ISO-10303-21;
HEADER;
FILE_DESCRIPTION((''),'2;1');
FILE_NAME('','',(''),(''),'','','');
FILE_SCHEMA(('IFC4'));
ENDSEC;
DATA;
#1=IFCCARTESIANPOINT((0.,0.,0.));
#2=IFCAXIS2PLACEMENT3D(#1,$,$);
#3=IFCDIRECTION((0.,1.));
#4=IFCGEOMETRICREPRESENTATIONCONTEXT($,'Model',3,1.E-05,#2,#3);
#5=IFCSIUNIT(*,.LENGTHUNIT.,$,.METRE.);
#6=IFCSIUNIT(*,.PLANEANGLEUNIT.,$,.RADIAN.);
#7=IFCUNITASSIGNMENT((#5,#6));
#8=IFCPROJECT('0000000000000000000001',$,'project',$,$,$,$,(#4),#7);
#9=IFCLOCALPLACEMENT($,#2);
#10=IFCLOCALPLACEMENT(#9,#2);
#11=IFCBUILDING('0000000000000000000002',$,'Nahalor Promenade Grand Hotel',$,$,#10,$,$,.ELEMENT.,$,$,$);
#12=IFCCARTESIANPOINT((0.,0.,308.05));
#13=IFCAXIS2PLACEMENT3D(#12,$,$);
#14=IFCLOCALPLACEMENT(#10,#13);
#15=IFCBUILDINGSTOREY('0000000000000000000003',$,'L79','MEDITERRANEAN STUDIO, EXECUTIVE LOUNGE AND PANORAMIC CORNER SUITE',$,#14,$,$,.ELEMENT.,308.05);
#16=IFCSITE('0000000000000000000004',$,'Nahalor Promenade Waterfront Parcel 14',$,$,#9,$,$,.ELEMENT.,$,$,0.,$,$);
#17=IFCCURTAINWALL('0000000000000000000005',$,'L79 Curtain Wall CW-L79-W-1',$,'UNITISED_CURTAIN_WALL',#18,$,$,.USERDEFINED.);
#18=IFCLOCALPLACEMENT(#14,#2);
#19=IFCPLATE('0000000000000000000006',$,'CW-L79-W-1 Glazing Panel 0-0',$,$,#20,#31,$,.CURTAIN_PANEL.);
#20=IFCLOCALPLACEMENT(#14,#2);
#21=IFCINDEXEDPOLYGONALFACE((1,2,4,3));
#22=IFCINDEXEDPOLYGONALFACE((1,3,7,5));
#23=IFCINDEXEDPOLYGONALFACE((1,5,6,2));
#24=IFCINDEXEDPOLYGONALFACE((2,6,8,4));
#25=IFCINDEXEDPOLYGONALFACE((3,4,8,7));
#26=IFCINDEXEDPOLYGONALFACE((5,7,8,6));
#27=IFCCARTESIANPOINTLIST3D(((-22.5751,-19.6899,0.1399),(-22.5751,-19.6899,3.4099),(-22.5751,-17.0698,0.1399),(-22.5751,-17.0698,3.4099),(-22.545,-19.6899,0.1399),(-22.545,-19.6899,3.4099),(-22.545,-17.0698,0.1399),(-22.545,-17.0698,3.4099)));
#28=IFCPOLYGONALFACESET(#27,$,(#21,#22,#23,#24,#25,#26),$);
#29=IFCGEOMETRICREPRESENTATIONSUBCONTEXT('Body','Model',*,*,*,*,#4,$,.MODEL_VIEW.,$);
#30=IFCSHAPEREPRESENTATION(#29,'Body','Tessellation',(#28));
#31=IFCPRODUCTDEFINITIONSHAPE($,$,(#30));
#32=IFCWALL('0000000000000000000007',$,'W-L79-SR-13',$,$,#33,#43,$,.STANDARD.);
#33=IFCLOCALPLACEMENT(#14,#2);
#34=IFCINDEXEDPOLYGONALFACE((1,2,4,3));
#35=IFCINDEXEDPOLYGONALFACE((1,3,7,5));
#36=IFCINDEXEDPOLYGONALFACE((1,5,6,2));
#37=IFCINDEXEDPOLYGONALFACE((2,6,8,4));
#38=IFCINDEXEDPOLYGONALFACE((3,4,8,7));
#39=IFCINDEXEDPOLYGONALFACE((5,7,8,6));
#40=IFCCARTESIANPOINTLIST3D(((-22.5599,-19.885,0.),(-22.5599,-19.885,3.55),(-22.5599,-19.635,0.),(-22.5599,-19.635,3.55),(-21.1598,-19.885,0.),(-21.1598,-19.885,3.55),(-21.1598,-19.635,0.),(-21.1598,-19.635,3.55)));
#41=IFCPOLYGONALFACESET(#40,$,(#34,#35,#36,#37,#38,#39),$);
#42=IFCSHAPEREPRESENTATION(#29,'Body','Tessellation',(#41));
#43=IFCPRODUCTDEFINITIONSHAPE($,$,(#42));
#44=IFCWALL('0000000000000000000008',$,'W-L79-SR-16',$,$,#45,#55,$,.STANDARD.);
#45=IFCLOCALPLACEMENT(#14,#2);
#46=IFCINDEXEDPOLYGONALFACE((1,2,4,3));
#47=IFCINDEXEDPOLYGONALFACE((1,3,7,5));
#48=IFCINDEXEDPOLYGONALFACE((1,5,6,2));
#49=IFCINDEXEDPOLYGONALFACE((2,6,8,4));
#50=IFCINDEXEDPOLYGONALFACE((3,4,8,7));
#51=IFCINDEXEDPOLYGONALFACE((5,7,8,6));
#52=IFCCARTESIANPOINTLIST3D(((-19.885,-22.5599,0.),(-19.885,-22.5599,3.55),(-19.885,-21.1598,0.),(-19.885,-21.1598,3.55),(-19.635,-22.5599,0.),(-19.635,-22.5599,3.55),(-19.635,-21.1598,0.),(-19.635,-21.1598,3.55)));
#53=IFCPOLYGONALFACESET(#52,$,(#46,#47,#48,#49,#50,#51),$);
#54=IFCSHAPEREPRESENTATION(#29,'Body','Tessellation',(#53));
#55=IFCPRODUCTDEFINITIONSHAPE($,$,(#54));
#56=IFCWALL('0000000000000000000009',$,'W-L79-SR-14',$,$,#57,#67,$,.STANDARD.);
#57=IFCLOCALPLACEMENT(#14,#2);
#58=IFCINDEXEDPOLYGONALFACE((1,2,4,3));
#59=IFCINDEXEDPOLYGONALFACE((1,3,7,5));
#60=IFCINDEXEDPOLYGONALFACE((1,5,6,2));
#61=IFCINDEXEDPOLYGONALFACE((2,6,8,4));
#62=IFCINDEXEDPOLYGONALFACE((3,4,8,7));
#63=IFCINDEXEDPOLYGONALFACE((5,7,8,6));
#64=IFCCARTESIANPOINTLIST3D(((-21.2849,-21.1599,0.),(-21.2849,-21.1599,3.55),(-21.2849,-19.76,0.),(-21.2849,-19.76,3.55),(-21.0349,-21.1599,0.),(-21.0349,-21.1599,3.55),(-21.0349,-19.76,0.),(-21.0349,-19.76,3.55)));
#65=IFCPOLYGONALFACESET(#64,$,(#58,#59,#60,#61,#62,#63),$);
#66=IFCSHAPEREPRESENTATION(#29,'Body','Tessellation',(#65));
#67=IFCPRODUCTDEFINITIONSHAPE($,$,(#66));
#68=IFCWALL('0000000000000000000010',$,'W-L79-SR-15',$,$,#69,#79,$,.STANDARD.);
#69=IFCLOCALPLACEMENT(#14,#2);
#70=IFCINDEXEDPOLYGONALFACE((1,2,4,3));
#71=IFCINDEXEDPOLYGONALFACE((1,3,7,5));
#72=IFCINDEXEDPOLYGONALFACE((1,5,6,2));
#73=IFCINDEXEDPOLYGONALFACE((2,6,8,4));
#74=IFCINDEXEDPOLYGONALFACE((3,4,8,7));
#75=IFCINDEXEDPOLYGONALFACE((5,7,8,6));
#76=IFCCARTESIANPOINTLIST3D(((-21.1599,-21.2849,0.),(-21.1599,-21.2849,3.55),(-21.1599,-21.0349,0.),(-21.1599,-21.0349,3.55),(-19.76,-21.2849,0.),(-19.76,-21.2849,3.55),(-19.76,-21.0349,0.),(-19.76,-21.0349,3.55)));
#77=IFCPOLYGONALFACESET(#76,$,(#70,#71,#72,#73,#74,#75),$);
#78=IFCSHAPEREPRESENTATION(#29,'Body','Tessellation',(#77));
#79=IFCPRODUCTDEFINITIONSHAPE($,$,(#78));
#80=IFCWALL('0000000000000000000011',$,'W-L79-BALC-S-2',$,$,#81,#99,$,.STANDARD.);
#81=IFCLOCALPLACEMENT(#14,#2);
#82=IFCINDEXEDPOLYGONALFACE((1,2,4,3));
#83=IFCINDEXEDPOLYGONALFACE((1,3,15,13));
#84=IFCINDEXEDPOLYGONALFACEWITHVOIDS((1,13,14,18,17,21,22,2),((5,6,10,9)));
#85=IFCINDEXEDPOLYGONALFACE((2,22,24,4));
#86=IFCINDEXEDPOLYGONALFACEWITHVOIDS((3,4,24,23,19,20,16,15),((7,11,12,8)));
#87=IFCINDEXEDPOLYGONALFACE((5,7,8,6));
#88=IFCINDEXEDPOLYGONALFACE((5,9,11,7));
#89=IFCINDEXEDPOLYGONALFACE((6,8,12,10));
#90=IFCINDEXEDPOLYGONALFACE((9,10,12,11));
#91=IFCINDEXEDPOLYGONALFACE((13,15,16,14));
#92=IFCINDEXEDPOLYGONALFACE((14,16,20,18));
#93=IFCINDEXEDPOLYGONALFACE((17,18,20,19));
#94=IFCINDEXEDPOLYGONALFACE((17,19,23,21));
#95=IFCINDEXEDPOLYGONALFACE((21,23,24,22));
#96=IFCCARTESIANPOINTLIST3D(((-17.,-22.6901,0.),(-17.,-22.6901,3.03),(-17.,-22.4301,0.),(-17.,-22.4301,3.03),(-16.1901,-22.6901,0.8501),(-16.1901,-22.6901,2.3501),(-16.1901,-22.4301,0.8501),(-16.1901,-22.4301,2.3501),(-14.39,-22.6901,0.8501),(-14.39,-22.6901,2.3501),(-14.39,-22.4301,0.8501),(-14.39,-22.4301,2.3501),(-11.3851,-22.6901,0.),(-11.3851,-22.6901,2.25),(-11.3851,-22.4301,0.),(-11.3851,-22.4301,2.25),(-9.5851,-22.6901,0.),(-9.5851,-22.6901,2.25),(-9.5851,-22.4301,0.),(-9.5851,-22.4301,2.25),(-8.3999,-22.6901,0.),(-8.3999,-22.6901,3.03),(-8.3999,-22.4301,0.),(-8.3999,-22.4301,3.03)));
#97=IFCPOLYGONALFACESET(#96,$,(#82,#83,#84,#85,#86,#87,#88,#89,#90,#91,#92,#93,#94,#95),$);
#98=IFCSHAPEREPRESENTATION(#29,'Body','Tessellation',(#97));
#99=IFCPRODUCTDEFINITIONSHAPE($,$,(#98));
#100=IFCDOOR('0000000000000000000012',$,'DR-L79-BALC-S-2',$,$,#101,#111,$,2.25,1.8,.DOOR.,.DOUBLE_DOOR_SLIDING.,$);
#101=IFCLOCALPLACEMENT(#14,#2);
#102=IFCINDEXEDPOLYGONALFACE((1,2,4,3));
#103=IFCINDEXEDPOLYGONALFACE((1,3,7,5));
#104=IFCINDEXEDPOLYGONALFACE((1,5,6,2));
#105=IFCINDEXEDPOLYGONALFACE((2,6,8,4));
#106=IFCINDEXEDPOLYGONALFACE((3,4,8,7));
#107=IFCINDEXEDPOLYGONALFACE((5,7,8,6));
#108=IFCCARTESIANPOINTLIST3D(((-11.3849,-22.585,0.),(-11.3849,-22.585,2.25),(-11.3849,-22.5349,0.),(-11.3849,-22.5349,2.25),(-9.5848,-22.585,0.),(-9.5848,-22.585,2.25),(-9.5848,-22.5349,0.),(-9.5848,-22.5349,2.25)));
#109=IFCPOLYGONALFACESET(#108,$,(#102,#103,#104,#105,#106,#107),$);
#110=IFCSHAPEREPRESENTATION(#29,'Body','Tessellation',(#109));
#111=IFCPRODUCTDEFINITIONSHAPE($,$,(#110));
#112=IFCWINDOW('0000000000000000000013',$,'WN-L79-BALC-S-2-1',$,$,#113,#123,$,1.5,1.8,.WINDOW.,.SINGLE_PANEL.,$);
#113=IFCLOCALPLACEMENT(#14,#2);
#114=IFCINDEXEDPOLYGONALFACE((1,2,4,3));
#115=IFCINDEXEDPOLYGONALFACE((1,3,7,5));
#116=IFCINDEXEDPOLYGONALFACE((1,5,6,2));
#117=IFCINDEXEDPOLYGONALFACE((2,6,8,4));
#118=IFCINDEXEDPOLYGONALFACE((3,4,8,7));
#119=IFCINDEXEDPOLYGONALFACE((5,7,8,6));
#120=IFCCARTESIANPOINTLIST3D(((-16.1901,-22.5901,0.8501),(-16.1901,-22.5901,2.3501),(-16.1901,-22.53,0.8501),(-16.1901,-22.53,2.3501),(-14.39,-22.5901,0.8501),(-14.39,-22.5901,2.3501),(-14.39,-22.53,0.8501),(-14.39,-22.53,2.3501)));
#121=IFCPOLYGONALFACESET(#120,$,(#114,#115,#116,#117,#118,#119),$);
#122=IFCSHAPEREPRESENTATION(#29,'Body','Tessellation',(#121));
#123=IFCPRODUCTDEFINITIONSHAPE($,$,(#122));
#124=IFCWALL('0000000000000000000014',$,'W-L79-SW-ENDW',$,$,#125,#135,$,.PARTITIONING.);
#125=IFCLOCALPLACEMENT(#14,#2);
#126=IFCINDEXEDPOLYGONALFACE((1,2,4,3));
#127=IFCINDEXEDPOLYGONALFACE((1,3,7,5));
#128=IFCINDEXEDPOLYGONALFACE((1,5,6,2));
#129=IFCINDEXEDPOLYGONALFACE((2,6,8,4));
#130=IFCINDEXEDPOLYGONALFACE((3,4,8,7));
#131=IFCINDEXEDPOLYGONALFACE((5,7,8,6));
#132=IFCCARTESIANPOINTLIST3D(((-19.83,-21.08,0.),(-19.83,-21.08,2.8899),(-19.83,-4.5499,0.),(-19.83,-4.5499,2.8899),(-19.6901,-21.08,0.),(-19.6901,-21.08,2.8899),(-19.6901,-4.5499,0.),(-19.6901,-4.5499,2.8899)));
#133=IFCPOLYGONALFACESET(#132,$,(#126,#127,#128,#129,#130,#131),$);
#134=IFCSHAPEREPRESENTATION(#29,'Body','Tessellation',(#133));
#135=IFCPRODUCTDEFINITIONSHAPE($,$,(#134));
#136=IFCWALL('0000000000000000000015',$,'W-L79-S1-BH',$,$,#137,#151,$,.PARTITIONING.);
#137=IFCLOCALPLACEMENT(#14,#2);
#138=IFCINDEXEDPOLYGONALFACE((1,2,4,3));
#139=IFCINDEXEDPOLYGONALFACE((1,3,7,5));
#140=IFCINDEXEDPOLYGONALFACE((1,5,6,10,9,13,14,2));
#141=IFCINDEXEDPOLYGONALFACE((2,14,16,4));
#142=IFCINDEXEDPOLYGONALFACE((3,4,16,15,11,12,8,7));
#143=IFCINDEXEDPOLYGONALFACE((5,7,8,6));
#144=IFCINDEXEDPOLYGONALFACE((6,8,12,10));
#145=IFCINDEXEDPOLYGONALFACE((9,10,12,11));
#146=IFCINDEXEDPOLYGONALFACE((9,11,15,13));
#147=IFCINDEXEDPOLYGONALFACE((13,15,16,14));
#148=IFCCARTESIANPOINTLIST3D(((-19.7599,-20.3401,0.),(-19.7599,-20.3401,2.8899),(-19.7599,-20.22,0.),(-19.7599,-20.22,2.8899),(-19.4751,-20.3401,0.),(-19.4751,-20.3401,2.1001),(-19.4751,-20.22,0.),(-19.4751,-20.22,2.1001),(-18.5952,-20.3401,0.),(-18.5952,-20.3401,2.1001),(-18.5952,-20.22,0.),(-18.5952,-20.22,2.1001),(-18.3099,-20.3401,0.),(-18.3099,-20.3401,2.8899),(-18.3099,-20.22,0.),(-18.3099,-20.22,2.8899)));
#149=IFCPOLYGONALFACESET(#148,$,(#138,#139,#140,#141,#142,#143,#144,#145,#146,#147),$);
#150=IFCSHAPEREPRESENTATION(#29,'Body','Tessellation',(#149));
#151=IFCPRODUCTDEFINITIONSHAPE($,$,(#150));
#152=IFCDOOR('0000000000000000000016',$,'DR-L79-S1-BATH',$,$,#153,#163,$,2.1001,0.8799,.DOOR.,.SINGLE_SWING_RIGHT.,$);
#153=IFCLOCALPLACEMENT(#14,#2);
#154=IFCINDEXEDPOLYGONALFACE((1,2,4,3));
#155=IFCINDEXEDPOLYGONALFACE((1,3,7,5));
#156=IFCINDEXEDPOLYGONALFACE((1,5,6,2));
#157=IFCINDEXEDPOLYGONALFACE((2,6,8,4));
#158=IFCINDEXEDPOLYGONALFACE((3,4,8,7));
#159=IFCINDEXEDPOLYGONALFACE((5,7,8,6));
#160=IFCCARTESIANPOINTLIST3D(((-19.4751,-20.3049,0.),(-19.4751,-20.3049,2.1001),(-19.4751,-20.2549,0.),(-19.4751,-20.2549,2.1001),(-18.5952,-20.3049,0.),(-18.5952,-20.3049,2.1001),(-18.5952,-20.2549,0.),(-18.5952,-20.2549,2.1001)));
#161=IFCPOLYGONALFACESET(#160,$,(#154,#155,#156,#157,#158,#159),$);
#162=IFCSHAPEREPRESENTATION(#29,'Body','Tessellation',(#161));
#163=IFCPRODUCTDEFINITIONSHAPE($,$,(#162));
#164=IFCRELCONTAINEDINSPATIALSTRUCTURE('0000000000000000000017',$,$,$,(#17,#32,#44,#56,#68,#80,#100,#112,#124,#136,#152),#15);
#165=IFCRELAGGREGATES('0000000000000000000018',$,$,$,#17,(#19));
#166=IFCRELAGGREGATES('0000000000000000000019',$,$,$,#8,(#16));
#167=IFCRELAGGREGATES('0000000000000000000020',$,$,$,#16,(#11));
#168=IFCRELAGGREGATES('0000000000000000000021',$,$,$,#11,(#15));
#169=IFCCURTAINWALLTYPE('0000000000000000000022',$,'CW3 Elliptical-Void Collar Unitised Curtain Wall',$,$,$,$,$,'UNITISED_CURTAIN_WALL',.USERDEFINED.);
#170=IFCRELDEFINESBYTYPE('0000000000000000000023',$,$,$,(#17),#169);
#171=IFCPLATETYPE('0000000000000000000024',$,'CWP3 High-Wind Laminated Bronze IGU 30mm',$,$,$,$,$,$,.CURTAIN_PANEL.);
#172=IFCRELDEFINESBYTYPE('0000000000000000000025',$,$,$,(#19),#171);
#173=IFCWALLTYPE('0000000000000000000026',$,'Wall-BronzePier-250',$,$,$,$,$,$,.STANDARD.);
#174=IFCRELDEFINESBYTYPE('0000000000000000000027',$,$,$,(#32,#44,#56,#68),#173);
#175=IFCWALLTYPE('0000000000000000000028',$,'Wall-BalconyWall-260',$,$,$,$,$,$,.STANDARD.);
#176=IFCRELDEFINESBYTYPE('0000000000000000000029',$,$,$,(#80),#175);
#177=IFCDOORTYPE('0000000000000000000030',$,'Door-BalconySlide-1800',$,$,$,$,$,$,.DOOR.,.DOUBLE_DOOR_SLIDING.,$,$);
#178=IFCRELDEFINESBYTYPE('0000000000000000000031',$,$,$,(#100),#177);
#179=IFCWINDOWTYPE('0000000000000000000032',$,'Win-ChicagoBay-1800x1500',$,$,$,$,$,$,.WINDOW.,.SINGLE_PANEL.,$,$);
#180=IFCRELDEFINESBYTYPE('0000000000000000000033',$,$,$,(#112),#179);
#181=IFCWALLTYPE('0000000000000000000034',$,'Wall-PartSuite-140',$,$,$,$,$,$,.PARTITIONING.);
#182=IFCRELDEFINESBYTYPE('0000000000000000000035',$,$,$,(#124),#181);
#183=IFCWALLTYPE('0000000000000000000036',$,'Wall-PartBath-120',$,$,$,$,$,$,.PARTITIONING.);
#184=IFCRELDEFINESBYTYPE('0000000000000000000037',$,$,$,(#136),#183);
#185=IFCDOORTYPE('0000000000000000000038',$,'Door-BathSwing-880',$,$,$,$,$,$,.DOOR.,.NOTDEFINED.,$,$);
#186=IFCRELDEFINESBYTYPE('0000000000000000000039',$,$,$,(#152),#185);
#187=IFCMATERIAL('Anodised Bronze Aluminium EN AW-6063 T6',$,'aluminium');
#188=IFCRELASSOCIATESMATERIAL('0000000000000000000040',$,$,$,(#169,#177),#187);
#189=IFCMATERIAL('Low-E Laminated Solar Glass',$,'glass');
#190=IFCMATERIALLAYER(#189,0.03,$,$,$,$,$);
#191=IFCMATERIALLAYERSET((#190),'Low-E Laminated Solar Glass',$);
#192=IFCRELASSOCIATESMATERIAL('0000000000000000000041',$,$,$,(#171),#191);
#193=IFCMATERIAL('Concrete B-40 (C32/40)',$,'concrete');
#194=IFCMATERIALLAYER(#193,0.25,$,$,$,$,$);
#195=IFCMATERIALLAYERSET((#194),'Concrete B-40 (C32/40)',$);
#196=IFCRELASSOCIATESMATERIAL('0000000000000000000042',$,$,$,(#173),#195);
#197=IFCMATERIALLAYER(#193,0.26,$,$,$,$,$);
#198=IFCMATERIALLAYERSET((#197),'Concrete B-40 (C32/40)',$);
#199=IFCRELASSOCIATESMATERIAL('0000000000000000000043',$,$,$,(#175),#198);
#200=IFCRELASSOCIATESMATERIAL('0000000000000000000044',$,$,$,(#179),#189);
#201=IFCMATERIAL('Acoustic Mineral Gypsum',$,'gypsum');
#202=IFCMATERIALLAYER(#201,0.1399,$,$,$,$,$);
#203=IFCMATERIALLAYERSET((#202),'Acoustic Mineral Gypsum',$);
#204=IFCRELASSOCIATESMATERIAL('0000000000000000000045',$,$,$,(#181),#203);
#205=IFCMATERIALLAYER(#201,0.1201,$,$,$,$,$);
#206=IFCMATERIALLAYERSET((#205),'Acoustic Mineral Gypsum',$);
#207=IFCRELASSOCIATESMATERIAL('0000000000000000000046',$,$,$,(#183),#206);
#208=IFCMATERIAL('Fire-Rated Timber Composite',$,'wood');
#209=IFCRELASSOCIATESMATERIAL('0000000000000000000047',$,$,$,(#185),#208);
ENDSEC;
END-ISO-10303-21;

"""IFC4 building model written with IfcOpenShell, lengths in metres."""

from ifc_helpers import new_model, si_unit, direction, frame, frame_2d, origin, origin_2d, place, context, subcontext, project, spatial, rectangle, extrude, source, transform, mapped, material, layer, layer_set, type_object, element, fill, aggregate, save


model = new_model("IFC4")

# Units and contexts
model_context = context("Model", 3, precision=1e-05, world=origin(), true_north=direction((0.0, 1.0)))
body_context = subcontext(model_context, "Body", "Model", "MODEL_VIEW")
ifc_project = project(units=[si_unit("LENGTHUNIT", "METRE"), si_unit("PLANEANGLEUNIT", "RADIAN")], contexts=[model_context])

# Site, building, storey
site_placement = place(None, origin())
site = spatial("IfcSite", under=ifc_project, at=site_placement, Name="Nahalor Promenade Waterfront Parcel 14", CompositionType="ELEMENT", RefElevation=0.0)
building_placement = place(site_placement, origin())
building = spatial("IfcBuilding", under=site, at=building_placement, Name="Nahalor Promenade Grand Hotel", CompositionType="ELEMENT")
storey_placement = place(building_placement, frame((0.0, 0.0, 308.05)))
storey = spatial("IfcBuildingStorey", under=building, at=storey_placement, Name="L79", Description="MEDITERRANEAN STUDIO, EXECUTIVE LOUNGE AND PANORAMIC CORNER SUITE", CompositionType="ELEMENT", Elevation=308.05)

# Curtain wall
ifc_material_1 = material(Name="Anodised Bronze Aluminium EN AW-6063 T6", Category="aluminium")
curtain_wall_type = type_object("IfcCurtainWallType", Name="CW3 Elliptical-Void Collar Unitised Curtain Wall", ElementType="UNITISED_CURTAIN_WALL", PredefinedType="USERDEFINED", material=ifc_material_1)
curtain_wall_1_placement = place(storey_placement, origin())
curtain_wall_1 = element("IfcCurtainWall", 1, at=curtain_wall_1_placement, inside=storey, type_object=curtain_wall_type, Name="L79 Curtain Wall CW-L79-W-1", ObjectType="UNITISED_CURTAIN_WALL", PredefinedType="USERDEFINED")

# Plate
ifc_material_2 = material(Name="Low-E Laminated Solar Glass", Category="glass")
ifc_layer_1 = layer(ifc_material_2, 0.03)
ifc_layer_set_1 = layer_set([ifc_layer_1], Name="Low-E Laminated Solar Glass")
plate_type = type_object("IfcPlateType", Name="CWP3 High-Wind Laminated Bronze IGU 30mm", PredefinedType="CURTAIN_PANEL", material=ifc_layer_set_1)
shared_shape_1 = source(origin(), body_context, "Body", "SweptSolid", [
    extrude(rectangle(XDim=2.6201, YDim=0.03, at=origin_2d()), origin(), (0.0, 0.0, 1.0), 3.27),
])
plate_1_placement = place(storey_placement, frame((-22.5601, -18.3799, 0.1399), z_axis=(0.0, 0.0, 1.0), x_axis=(0.0, 1.0, 0.0)))
plate_1 = element("IfcPlate", 2, at=plate_1_placement, type_object=plate_type, Name="CW-L79-W-1 Glazing Panel 0-0", PredefinedType="CURTAIN_PANEL", context=body_context, shape_type="MappedRepresentation", body=[
    mapped(shared_shape_1, transform((0.0, 0.0, 0.0), scale=1.0)),
])
aggregate(curtain_wall_1, [plate_1])

# Walls
ifc_material_3 = material(Name="Concrete B-40 (C32/40)", Category="concrete")
ifc_layer_2 = layer(ifc_material_3, 0.25)
ifc_layer_set_2 = layer_set([ifc_layer_2], Name="Concrete B-40 (C32/40)")
wall_type_1 = type_object("IfcWallType", Name="Wall-BronzePier-250", PredefinedType="STANDARD", material=ifc_layer_set_2)
shared_shape_2 = source(origin(), body_context, "Body", "SweptSolid", [
    extrude(rectangle(XDim=1.4001, YDim=0.25, at=frame_2d((0.7002, 0.0))), origin(), (0.0, 0.0, 1.0), 3.55),
])
for number, where, z_axis, x_axis, name in (
    (3, (-22.5601, -19.76, 0.0), (0.0, 0.0, 1.0), (1.0, 0.0, 0.0), "W-L79-SR-13"),
    (4, (-19.76, -22.5601, 0.0), (0.0, 0.0, 1.0), (0.0, 1.0, 0.0), "W-L79-SR-16"),
):
    element("IfcWall", number, at=place(storey_placement, frame(where, z_axis=z_axis, x_axis=x_axis)), inside=storey, type_object=wall_type_1, Name=name, PredefinedType="STANDARD", context=body_context, shape_type="MappedRepresentation", body=[
        mapped(shared_shape_2, transform((0.0, 0.0, 0.0), scale=1.0)),
    ])
shared_shape_3 = source(origin(), body_context, "Body", "SweptSolid", [
    extrude(rectangle(XDim=1.3999, YDim=0.25, at=frame_2d((0.7, 0.0))), origin(), (0.0, 0.0, 1.0), 3.55),
])
for number, where, z_axis, x_axis, name in (
    (5, (-21.1599, -21.1599, 0.0), (0.0, 0.0, 1.0), (0.0, 1.0, 0.0), "W-L79-SR-14"),
    (6, (-21.1599, -21.1599, 0.0), (0.0, 0.0, 1.0), (1.0, 0.0, 0.0), "W-L79-SR-15"),
):
    element("IfcWall", number, at=place(storey_placement, frame(where, z_axis=z_axis, x_axis=x_axis)), inside=storey, type_object=wall_type_1, Name=name, PredefinedType="STANDARD", context=body_context, shape_type="MappedRepresentation", body=[
        mapped(shared_shape_3, transform((0.0, 0.0, 0.0), scale=1.0)),
    ])

# Wall, openings, door, window
ifc_layer_3 = layer(ifc_material_3, 0.26)
ifc_layer_set_3 = layer_set([ifc_layer_3], Name="Concrete B-40 (C32/40)")
wall_type_2 = type_object("IfcWallType", Name="Wall-BalconyWall-260", PredefinedType="STANDARD", material=ifc_layer_set_3)
shared_shape_4 = source(origin(), body_context, "Body", "SweptSolid", [
    extrude(rectangle(XDim=8.6001, YDim=0.26, at=frame_2d((4.3, 0.0))), origin(), (0.0, 0.0, 1.0), 3.03),
])
wall_1_placement = place(storey_placement, frame((-17.0, -22.5601, 0.0), z_axis=(0.0, 0.0, 1.0), x_axis=(1.0, 0.0, 0.0)))
wall_1 = element("IfcWall", 7, at=wall_1_placement, inside=storey, type_object=wall_type_2, Name="W-L79-BALC-S-2", PredefinedType="STANDARD", context=body_context, shape_type="MappedRepresentation", body=[
    mapped(shared_shape_4, transform((0.0, 0.0, 0.0), scale=1.0)),
])
opening_1_placement = place(wall_1_placement, frame((5.615, 0.0, 0.0)))
opening_1 = element("IfcOpeningElement", 8, at=opening_1_placement, cuts=wall_1, PredefinedType="OPENING", context=body_context, shape_type="SweptSolid", body=[
    extrude(rectangle(XDim=1.8, YDim=2.25, at=frame_2d((0.8999, 1.125))), frame((0.0, 0.1399, 0.0), z_axis=(0.0, -1.0, 0.0), x_axis=(1.0, 0.0, 0.0)), (0.0, 0.0, 1.0), 0.28),
])
opening_2_placement = place(wall_1_placement, frame((0.8101, 0.0, 0.8501)))
opening_2 = element("IfcOpeningElement", 9, at=opening_2_placement, cuts=wall_1, PredefinedType="OPENING", context=body_context, shape_type="SweptSolid", body=[
    extrude(rectangle(XDim=1.8, YDim=1.5, at=frame_2d((0.8999, 0.75))), frame((0.0, 0.1399, 0.0), z_axis=(0.0, -1.0, 0.0), x_axis=(1.0, 0.0, 0.0)), (0.0, 0.0, 1.0), 0.28),
])
door_type_1 = type_object("IfcDoorType", Name="Door-BalconySlide-1800", OperationType="DOUBLE_DOOR_SLIDING", PredefinedType="DOOR", material=ifc_material_1)
shared_shape_5 = source(origin(), body_context, "Body", "SweptSolid", [
    extrude(rectangle(XDim=1.8, YDim=2.25, at=frame_2d((0.8999, 1.125))), frame((0.0, 0.0249, 0.0), z_axis=(0.0, -1.0, 0.0), x_axis=(1.0, 0.0, 0.0)), (0.0, 0.0, 1.0), 0.05),
])
door_1_placement = place(opening_1_placement, frame((1.8, 0.0, 0.0), z_axis=(0.0, 0.0, 1.0), x_axis=(-1.0, 0.0, 0.0)))
door_1 = element("IfcDoor", 10, at=door_1_placement, inside=storey, type_object=door_type_1, Name="DR-L79-BALC-S-2", OperationType="DOUBLE_DOOR_SLIDING", OverallHeight=2.25, OverallWidth=1.8, PredefinedType="DOOR", context=body_context, shape_type="MappedRepresentation", body=[
    mapped(shared_shape_5, transform((0.0, 0.0, 0.0), scale=1.0)),
])
fill(opening_1, door_1)
window_type = type_object("IfcWindowType", Name="Win-ChicagoBay-1800x1500", PartitioningType="SINGLE_PANEL", PredefinedType="WINDOW", material=ifc_material_2)
shared_shape_6 = source(origin(), body_context, "Body", "SweptSolid", [
    extrude(rectangle(XDim=1.8, YDim=1.5, at=frame_2d((0.8999, 0.75))), frame((0.0, 0.03, 0.0), z_axis=(0.0, -1.0, 0.0), x_axis=(1.0, 0.0, 0.0)), (0.0, 0.0, 1.0), 0.0601),
])
window_placement = place(opening_2_placement, origin())
window = element("IfcWindow", 11, at=window_placement, inside=storey, type_object=window_type, Name="WN-L79-BALC-S-2-1", OverallHeight=1.5, OverallWidth=1.8, PartitioningType="SINGLE_PANEL", PredefinedType="WINDOW", context=body_context, shape_type="MappedRepresentation", body=[
    mapped(shared_shape_6, transform((0.0, 0.0, 0.0), scale=1.0)),
])
fill(opening_2, window)

# Wall
ifc_material_4 = material(Name="Acoustic Mineral Gypsum", Category="gypsum")
ifc_layer_4 = layer(ifc_material_4, 0.1399)
ifc_layer_set_4 = layer_set([ifc_layer_4], Name="Acoustic Mineral Gypsum")
wall_type_3 = type_object("IfcWallType", Name="Wall-PartSuite-140", PredefinedType="PARTITIONING", material=ifc_layer_set_4)
shared_shape_7 = source(origin(), body_context, "Body", "SweptSolid", [
    extrude(rectangle(XDim=16.53, YDim=0.1399, at=frame_2d((8.2651, 0.0))), origin(), (0.0, 0.0, 1.0), 2.8899),
])
wall_2_placement = place(storey_placement, frame((-19.76, -21.0801, 0.0), z_axis=(0.0, 0.0, 1.0), x_axis=(0.0, 1.0, 0.0)))
element("IfcWall", 12, at=wall_2_placement, inside=storey, type_object=wall_type_3, Name="W-L79-SW-ENDW", PredefinedType="PARTITIONING", context=body_context, shape_type="MappedRepresentation", body=[
    mapped(shared_shape_7, transform((0.0, 0.0, 0.0), scale=1.0)),
])

# Wall, opening, door
ifc_layer_5 = layer(ifc_material_4, 0.1201)
ifc_layer_set_5 = layer_set([ifc_layer_5], Name="Acoustic Mineral Gypsum")
wall_type_4 = type_object("IfcWallType", Name="Wall-PartBath-120", PredefinedType="PARTITIONING", material=ifc_layer_set_5)
shared_shape_8 = source(origin(), body_context, "Body", "SweptSolid", [
    extrude(rectangle(XDim=1.45, YDim=0.1201, at=frame_2d((0.7251, 0.0))), origin(), (0.0, 0.0, 1.0), 2.8899),
])
wall_3_placement = place(storey_placement, frame((-19.76, -20.28, 0.0), z_axis=(0.0, 0.0, 1.0), x_axis=(1.0, 0.0, 0.0)))
wall_3 = element("IfcWall", 13, at=wall_3_placement, inside=storey, type_object=wall_type_4, Name="W-L79-S1-BH", PredefinedType="PARTITIONING", context=body_context, shape_type="MappedRepresentation", body=[
    mapped(shared_shape_8, transform((0.0, 0.0, 0.0), scale=1.0)),
])
opening_3_placement = place(wall_3_placement, frame((0.2849, 0.0, 0.0)))
opening_3 = element("IfcOpeningElement", 14, at=opening_3_placement, cuts=wall_3, PredefinedType="OPENING", context=body_context, shape_type="SweptSolid", body=[
    extrude(rectangle(XDim=0.8799, YDim=2.1001, at=frame_2d((0.4399, 1.05))), frame((0.0, 0.0701, 0.0), z_axis=(0.0, -1.0, 0.0), x_axis=(1.0, 0.0, 0.0)), (0.0, 0.0, 1.0), 0.1401),
])
ifc_material_5 = material(Name="Fire-Rated Timber Composite", Category="wood")
door_type_2 = type_object("IfcDoorType", Name="Door-BathSwing-880", OperationType="NOTDEFINED", PredefinedType="DOOR", material=ifc_material_5)
shared_shape_9 = source(origin(), body_context, "Body", "SweptSolid", [
    extrude(rectangle(XDim=0.8799, YDim=2.1001, at=frame_2d((0.4399, 1.05))), frame((0.0, 0.0249, 0.0), z_axis=(0.0, -1.0, 0.0), x_axis=(1.0, 0.0, 0.0)), (0.0, 0.0, 1.0), 0.05),
])
door_2_placement = place(opening_3_placement, frame((0.8799, 0.0, 0.0), z_axis=(0.0, 0.0, 1.0), x_axis=(-1.0, 0.0, 0.0)))
door_2 = element("IfcDoor", 15, at=door_2_placement, inside=storey, type_object=door_type_2, Name="DR-L79-S1-BATH", OperationType="SINGLE_SWING_RIGHT", OverallHeight=2.1001, OverallWidth=0.8799, PredefinedType="DOOR", context=body_context, shape_type="MappedRepresentation", body=[
    mapped(shared_shape_9, transform((0.0, 0.0, 0.0), scale=1.0)),
])
fill(opening_3, door_2)

save(model, "model.ifc")
